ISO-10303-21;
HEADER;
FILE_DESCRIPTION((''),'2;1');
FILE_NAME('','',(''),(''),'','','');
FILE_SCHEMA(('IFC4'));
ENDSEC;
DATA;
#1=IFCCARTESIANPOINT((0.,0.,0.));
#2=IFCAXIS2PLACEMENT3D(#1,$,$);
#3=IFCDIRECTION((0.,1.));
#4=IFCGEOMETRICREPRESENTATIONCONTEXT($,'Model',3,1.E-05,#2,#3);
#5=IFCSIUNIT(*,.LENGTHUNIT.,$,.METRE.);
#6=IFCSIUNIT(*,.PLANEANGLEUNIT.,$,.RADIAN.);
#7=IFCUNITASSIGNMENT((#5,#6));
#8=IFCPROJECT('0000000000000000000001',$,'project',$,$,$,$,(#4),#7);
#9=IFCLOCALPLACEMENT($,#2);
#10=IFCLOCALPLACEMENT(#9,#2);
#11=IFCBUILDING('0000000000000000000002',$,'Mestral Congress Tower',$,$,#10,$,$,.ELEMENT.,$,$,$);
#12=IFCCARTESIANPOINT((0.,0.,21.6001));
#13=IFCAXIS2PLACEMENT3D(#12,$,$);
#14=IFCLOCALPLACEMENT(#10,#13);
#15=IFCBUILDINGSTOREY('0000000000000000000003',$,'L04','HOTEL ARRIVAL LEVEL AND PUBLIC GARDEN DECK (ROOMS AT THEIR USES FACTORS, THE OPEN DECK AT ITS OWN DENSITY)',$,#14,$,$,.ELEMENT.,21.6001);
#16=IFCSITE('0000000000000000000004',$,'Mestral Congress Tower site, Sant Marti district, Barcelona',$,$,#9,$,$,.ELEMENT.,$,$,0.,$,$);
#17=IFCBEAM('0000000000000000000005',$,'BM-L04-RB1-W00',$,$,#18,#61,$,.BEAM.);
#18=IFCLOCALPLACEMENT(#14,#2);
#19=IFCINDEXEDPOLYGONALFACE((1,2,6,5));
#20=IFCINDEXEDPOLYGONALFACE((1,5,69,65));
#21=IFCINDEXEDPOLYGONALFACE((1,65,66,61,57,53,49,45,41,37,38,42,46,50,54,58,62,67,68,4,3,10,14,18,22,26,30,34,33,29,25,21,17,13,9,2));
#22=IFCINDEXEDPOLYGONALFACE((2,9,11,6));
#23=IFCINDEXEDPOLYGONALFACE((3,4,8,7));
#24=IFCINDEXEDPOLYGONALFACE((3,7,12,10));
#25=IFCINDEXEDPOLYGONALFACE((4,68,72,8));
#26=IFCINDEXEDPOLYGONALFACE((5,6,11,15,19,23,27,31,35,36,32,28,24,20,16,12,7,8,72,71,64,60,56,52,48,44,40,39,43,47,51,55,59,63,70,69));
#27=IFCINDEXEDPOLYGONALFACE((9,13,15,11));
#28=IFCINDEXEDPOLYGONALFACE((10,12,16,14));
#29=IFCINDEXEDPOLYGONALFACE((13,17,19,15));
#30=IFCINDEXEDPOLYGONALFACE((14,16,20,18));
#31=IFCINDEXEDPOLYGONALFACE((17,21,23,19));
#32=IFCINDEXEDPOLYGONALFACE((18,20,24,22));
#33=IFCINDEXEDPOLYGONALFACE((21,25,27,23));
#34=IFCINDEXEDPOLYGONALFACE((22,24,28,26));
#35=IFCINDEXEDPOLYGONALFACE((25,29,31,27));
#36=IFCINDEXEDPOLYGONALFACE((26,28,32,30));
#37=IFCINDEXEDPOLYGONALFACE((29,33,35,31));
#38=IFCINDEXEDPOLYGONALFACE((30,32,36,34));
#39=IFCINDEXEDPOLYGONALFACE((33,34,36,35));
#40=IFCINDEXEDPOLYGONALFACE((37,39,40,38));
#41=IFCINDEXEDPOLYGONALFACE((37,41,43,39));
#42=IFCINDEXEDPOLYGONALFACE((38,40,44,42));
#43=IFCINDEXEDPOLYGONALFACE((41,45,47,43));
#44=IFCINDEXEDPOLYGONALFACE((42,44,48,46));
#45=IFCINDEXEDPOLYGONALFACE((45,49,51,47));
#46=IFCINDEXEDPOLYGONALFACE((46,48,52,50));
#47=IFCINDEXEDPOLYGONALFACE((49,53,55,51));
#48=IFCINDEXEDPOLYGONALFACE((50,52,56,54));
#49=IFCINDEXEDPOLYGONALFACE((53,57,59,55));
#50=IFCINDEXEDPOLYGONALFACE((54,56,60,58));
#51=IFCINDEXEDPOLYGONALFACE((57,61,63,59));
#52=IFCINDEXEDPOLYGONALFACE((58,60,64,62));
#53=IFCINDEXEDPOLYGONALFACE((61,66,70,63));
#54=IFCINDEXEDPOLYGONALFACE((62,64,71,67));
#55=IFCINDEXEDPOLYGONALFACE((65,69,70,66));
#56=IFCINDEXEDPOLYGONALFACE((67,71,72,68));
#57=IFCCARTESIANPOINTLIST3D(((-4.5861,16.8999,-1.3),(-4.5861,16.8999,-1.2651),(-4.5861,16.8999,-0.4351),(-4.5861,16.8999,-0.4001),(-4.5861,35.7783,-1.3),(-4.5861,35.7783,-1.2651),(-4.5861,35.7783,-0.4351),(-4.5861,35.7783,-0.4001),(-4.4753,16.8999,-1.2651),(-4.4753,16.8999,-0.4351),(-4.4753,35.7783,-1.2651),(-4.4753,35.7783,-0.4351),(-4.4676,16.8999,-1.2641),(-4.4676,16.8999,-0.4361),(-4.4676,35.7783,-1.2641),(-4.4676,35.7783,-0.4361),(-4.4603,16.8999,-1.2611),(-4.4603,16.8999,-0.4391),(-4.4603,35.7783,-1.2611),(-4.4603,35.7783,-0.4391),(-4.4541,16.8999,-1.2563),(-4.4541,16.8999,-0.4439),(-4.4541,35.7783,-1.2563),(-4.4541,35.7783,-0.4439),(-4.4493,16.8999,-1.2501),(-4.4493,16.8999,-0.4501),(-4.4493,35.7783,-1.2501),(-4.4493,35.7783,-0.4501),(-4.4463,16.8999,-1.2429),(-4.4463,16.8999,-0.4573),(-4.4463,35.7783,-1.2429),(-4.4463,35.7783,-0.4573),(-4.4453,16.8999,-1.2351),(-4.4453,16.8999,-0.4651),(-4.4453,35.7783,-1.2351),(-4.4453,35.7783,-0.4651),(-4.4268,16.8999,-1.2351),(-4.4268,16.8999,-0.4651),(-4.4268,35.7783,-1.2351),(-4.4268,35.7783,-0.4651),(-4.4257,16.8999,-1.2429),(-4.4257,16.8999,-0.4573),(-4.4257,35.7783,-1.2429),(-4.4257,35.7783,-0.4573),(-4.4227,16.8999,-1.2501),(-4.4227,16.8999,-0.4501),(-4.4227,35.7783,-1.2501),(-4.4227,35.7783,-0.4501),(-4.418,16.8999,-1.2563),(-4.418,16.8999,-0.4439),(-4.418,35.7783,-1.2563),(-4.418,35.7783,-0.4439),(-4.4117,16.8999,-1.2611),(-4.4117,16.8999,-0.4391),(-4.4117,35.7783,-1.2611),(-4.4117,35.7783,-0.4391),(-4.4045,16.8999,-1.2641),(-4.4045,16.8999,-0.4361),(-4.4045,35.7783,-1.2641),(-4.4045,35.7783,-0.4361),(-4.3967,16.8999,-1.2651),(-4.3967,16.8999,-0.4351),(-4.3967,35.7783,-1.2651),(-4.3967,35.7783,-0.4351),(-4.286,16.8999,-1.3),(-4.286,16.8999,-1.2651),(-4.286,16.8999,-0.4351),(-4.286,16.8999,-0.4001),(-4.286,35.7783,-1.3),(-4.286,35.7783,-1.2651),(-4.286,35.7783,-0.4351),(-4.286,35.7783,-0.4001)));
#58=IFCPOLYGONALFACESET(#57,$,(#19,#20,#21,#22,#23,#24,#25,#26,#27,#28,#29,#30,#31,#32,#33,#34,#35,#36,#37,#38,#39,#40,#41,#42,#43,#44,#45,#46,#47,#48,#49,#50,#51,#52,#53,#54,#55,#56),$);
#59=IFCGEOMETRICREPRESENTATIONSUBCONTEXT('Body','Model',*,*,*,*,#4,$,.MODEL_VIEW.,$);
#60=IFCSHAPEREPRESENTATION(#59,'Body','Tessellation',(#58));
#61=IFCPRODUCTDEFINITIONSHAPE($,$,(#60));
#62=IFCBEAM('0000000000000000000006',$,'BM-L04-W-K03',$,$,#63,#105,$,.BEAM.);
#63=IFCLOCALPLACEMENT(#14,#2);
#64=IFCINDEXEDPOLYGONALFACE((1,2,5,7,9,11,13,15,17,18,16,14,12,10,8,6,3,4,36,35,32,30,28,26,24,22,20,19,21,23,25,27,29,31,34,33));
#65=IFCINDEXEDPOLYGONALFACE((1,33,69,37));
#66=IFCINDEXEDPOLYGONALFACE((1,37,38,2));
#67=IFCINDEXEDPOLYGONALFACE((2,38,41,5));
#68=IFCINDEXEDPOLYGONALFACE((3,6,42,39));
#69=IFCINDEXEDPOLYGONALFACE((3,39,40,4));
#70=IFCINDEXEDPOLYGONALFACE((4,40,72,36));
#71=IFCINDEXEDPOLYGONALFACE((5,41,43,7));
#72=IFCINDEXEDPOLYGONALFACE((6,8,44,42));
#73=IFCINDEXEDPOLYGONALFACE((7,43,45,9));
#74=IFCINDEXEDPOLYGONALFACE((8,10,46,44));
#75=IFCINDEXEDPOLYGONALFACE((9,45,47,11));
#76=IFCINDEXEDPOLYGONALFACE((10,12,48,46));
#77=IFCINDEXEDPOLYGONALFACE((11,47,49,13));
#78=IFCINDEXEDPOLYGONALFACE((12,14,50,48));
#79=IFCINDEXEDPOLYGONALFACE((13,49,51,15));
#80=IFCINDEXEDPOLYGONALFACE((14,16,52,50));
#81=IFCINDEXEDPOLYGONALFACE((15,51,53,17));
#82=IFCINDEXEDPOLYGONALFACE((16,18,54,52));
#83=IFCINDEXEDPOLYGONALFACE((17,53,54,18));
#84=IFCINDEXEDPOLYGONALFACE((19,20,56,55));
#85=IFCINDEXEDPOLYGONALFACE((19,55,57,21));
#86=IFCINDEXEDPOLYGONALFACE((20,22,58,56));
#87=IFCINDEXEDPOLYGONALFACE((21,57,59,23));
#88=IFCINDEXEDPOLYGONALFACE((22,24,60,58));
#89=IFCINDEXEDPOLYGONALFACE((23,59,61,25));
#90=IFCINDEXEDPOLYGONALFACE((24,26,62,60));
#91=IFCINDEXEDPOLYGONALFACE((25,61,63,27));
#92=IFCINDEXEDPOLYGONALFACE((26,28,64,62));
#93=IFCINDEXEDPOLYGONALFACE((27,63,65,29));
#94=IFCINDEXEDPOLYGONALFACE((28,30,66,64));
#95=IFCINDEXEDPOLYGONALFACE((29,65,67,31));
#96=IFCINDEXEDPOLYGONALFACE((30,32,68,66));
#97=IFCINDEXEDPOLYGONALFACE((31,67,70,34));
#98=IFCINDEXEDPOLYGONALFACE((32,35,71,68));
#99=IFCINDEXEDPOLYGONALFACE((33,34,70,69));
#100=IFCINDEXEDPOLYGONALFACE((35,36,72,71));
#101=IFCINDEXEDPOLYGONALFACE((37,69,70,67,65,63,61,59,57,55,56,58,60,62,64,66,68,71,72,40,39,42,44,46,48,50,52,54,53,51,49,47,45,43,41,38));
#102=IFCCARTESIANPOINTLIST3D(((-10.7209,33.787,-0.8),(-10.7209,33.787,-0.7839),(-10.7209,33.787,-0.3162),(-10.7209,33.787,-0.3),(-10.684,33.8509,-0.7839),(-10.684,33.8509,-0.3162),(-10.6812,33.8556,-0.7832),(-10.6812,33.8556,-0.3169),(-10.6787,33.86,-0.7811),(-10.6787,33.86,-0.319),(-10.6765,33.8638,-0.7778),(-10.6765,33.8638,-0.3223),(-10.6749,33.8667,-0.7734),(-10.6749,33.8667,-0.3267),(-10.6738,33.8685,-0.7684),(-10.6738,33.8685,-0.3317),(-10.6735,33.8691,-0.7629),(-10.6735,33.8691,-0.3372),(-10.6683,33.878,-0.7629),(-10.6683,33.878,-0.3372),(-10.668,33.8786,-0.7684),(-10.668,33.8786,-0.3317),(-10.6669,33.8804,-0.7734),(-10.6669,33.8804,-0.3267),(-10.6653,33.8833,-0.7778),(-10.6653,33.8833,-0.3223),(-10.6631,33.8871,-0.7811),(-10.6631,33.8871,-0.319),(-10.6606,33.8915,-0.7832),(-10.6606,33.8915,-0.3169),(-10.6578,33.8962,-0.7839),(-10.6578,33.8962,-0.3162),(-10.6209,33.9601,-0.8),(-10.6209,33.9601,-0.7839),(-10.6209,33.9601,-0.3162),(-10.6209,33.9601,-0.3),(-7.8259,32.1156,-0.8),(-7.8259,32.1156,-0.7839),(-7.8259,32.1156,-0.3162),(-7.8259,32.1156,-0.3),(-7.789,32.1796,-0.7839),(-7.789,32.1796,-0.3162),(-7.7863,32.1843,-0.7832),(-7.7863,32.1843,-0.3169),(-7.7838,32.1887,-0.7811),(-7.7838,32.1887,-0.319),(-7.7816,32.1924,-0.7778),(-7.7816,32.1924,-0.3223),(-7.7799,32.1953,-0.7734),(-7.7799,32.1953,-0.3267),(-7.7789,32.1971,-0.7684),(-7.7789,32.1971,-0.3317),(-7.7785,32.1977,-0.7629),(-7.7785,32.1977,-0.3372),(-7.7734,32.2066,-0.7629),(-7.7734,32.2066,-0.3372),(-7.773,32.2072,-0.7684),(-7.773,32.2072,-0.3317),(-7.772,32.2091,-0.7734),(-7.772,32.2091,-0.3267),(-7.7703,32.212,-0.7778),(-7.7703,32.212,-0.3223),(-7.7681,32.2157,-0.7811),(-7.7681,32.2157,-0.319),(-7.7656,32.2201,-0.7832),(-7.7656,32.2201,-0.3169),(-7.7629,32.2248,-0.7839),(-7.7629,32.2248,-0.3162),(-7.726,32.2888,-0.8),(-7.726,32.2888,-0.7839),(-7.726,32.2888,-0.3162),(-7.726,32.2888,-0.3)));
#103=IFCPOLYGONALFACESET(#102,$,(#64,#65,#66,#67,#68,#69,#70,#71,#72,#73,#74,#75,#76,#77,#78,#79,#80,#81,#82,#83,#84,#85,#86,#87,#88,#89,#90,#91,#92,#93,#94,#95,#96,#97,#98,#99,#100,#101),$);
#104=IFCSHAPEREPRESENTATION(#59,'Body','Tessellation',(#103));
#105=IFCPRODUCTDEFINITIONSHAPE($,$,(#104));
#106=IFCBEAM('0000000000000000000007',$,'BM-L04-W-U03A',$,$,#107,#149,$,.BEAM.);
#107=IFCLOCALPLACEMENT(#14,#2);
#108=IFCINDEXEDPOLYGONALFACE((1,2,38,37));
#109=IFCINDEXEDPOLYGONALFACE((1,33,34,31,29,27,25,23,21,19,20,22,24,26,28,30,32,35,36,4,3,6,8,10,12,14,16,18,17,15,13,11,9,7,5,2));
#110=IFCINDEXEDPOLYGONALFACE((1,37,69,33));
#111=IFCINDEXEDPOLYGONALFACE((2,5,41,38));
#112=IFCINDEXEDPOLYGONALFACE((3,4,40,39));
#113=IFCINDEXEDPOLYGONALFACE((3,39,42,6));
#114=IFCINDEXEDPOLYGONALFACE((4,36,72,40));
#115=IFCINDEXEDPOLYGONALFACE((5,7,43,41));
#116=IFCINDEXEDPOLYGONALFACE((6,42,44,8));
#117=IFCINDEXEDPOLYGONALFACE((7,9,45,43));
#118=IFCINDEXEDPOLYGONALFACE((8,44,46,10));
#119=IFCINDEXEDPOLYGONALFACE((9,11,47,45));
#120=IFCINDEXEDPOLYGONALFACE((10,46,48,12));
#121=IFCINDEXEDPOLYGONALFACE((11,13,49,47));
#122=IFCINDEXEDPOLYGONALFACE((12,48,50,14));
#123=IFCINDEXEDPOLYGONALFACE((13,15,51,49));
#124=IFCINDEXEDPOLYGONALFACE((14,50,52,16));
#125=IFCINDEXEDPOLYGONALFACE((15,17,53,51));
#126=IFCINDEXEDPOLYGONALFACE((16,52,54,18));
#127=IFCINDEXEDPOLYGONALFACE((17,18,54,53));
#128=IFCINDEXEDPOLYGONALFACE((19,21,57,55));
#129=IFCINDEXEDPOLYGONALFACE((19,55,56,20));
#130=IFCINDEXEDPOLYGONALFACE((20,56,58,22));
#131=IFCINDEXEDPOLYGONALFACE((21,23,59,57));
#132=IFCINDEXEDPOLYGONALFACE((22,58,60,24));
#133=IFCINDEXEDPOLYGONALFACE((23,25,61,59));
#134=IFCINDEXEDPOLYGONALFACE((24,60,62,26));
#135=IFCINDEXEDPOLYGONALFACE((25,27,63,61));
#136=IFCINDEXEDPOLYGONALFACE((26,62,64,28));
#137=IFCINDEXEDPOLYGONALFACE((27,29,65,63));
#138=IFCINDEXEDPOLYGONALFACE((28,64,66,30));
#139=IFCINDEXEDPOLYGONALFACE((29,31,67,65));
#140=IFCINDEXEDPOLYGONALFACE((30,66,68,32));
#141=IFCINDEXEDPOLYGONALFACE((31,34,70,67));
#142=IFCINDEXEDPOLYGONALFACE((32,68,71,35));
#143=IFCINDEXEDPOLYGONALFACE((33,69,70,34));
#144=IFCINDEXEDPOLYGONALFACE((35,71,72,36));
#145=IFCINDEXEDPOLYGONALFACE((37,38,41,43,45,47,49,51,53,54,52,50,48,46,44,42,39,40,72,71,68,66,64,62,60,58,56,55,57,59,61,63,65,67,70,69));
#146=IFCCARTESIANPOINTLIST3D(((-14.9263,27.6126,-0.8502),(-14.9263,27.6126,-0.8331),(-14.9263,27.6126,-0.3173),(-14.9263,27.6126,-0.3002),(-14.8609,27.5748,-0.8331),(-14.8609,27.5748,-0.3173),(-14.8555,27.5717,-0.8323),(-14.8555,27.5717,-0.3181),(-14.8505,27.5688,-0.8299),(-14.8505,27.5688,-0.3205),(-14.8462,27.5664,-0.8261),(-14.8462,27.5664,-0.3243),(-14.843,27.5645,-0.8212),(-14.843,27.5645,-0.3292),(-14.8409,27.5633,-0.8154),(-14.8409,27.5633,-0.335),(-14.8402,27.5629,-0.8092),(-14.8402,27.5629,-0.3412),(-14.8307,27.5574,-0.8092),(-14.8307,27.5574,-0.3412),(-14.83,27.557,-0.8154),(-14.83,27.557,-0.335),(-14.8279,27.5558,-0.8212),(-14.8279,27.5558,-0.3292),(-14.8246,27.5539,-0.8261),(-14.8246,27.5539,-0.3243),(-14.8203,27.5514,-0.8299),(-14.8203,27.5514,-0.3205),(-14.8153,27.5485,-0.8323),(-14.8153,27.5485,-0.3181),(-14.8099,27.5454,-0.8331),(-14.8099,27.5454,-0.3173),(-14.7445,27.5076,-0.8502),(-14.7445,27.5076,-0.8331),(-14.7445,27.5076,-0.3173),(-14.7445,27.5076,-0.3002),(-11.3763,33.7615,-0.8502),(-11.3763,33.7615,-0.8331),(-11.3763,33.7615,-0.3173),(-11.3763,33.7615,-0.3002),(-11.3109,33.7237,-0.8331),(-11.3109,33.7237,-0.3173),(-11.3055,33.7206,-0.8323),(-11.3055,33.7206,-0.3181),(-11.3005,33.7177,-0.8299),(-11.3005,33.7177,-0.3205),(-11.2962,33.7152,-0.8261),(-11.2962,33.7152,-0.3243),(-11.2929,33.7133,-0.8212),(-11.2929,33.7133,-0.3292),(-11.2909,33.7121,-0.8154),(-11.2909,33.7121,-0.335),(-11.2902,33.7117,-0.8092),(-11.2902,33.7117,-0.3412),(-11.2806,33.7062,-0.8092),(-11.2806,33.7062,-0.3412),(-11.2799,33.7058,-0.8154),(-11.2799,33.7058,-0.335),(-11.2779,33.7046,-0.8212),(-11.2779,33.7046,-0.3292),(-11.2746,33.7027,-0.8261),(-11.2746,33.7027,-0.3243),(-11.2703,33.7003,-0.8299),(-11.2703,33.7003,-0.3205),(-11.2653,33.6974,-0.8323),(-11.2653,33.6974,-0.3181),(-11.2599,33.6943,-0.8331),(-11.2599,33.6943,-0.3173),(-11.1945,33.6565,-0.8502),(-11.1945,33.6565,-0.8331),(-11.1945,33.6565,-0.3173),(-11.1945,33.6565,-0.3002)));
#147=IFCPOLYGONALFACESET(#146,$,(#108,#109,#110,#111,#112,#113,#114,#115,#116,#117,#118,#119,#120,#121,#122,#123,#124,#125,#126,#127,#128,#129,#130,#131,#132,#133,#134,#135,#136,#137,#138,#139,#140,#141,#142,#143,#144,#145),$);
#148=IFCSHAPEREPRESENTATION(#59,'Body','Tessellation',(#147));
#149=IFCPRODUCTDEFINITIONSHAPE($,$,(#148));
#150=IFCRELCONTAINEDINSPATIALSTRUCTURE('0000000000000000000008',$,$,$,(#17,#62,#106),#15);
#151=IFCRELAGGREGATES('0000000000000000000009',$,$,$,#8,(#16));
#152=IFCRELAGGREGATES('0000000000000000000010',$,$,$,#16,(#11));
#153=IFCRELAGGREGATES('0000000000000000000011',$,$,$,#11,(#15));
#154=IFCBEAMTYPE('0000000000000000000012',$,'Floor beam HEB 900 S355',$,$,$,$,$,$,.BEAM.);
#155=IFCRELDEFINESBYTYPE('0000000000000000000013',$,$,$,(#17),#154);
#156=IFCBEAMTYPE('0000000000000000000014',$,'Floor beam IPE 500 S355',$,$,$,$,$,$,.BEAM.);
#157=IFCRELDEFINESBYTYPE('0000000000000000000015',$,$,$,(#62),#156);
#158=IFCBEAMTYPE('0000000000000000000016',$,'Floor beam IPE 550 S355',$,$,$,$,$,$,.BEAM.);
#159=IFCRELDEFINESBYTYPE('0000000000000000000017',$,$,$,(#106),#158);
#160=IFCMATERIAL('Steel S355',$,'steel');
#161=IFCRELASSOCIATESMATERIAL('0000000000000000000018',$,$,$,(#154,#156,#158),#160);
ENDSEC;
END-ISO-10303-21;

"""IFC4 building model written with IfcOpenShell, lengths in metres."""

from ifc_helpers import new_model, si_unit, direction, frame, origin, origin_2d, place, context, subcontext, project, spatial, i_section, extrude, material, material_profile, profile_set, type_object, element, save


model = new_model("IFC4")

# Units and contexts
model_context = context("Model", 3, precision=1e-05, world=origin(), true_north=direction((0.0, 1.0)))
body_context = subcontext(model_context, "Body", "Model", "MODEL_VIEW")
ifc_project = project(units=[si_unit("LENGTHUNIT", "METRE"), si_unit("PLANEANGLEUNIT", "RADIAN")], contexts=[model_context])

# Site, building, storey
site_placement = place(None, origin())
site = spatial("IfcSite", under=ifc_project, at=site_placement, Name="Mestral Congress Tower site, Sant Marti district, Barcelona", CompositionType="ELEMENT", RefElevation=0.0)
building_placement = place(site_placement, origin())
building = spatial("IfcBuilding", under=site, at=building_placement, Name="Mestral Congress Tower", CompositionType="ELEMENT")
storey_placement = place(building_placement, frame((0.0, 0.0, 21.6001)))
storey = spatial("IfcBuildingStorey", under=building, at=storey_placement, Name="L04", Description="HOTEL ARRIVAL LEVEL AND PUBLIC GARDEN DECK (ROOMS AT THEIR USES FACTORS, THE OPEN DECK AT ITS OWN DENSITY)", CompositionType="ELEMENT", Elevation=21.6001)

# Beams
ifc_material_1 = material(Name="Steel S355", Category="steel")
ifc_material_profile_1 = material_profile(ifc_material_1, i_section(OverallWidth=0.3, OverallDepth=0.8999, WebThickness=0.0186, FlangeThickness=0.0349, FilletRadius=0.03, at=origin_2d()), Name="HEB 900")
ifc_profile_set_1 = profile_set([ifc_material_profile_1], Name="Steel S355")
beam_type_1 = type_object("IfcBeamType", Name="Floor beam HEB 900 S355", PredefinedType="BEAM", material=ifc_profile_set_1)
beam_1_placement = place(storey_placement, frame((-4.436, 35.7783, -0.8501), z_axis=(0.0, -1.0, 0.0), x_axis=(1.0, 0.0, 0.0)))
element("IfcBeam", 1, at=beam_1_placement, inside=storey, type_object=beam_type_1, Name="BM-L04-RB1-W00", PredefinedType="BEAM", context=body_context, shape_type="SweptSolid", body=[
    extrude(i_section(OverallWidth=0.3, OverallDepth=0.8999, WebThickness=0.0186, FlangeThickness=0.0349, FilletRadius=0.03, at=origin_2d()), origin(), (0.0, 0.0, 1.0), 18.8784),
])
ifc_material_profile_2 = material_profile(ifc_material_1, i_section(OverallWidth=0.2, OverallDepth=0.5, WebThickness=0.0103, FlangeThickness=0.0161, FilletRadius=0.021, at=origin_2d()), Name="IPE 500")
ifc_profile_set_2 = profile_set([ifc_material_profile_2], Name="Steel S355")
beam_type_2 = type_object("IfcBeamType", Name="Floor beam IPE 500 S355", PredefinedType="BEAM", material=ifc_profile_set_2)
beam_2_placement = place(storey_placement, frame((-10.6709, 33.8735, -0.55), z_axis=(0.866032, -0.499988, 0.0), x_axis=(0.499988, 0.866032, 0.0)))
element("IfcBeam", 2, at=beam_2_placement, inside=storey, type_object=beam_type_2, Name="BM-L04-W-K03", PredefinedType="BEAM", context=body_context, shape_type="SweptSolid", body=[
    extrude(i_section(OverallWidth=0.2, OverallDepth=0.5, WebThickness=0.0103, FlangeThickness=0.0161, FilletRadius=0.021, at=origin_2d()), origin(), (0.0, 0.0, 1.0), 3.3428),
])
ifc_material_profile_3 = material_profile(ifc_material_1, i_section(OverallWidth=0.21, OverallDepth=0.55, WebThickness=0.011, FlangeThickness=0.0171, FilletRadius=0.0239, at=origin_2d()), Name="IPE 550")
ifc_profile_set_3 = profile_set([ifc_material_profile_3], Name="Steel S355")
beam_type_3 = type_object("IfcBeamType", Name="Floor beam IPE 550 S355", PredefinedType="BEAM", material=ifc_profile_set_3)
beam_3_placement = place(storey_placement, frame((-11.2854, 33.709, -0.5752), z_axis=(-0.499996, -0.866028, 0.0), x_axis=(0.866028, -0.499996, 0.0)))
element("IfcBeam", 3, at=beam_3_placement, inside=storey, type_object=beam_type_3, Name="BM-L04-W-U03A", PredefinedType="BEAM", context=body_context, shape_type="SweptSolid", body=[
    extrude(i_section(OverallWidth=0.21, OverallDepth=0.55, WebThickness=0.011, FlangeThickness=0.0171, FilletRadius=0.0239, at=origin_2d()), origin(), (0.0, 0.0, 1.0), 7.1001),
])

save(model, "model.ifc")
